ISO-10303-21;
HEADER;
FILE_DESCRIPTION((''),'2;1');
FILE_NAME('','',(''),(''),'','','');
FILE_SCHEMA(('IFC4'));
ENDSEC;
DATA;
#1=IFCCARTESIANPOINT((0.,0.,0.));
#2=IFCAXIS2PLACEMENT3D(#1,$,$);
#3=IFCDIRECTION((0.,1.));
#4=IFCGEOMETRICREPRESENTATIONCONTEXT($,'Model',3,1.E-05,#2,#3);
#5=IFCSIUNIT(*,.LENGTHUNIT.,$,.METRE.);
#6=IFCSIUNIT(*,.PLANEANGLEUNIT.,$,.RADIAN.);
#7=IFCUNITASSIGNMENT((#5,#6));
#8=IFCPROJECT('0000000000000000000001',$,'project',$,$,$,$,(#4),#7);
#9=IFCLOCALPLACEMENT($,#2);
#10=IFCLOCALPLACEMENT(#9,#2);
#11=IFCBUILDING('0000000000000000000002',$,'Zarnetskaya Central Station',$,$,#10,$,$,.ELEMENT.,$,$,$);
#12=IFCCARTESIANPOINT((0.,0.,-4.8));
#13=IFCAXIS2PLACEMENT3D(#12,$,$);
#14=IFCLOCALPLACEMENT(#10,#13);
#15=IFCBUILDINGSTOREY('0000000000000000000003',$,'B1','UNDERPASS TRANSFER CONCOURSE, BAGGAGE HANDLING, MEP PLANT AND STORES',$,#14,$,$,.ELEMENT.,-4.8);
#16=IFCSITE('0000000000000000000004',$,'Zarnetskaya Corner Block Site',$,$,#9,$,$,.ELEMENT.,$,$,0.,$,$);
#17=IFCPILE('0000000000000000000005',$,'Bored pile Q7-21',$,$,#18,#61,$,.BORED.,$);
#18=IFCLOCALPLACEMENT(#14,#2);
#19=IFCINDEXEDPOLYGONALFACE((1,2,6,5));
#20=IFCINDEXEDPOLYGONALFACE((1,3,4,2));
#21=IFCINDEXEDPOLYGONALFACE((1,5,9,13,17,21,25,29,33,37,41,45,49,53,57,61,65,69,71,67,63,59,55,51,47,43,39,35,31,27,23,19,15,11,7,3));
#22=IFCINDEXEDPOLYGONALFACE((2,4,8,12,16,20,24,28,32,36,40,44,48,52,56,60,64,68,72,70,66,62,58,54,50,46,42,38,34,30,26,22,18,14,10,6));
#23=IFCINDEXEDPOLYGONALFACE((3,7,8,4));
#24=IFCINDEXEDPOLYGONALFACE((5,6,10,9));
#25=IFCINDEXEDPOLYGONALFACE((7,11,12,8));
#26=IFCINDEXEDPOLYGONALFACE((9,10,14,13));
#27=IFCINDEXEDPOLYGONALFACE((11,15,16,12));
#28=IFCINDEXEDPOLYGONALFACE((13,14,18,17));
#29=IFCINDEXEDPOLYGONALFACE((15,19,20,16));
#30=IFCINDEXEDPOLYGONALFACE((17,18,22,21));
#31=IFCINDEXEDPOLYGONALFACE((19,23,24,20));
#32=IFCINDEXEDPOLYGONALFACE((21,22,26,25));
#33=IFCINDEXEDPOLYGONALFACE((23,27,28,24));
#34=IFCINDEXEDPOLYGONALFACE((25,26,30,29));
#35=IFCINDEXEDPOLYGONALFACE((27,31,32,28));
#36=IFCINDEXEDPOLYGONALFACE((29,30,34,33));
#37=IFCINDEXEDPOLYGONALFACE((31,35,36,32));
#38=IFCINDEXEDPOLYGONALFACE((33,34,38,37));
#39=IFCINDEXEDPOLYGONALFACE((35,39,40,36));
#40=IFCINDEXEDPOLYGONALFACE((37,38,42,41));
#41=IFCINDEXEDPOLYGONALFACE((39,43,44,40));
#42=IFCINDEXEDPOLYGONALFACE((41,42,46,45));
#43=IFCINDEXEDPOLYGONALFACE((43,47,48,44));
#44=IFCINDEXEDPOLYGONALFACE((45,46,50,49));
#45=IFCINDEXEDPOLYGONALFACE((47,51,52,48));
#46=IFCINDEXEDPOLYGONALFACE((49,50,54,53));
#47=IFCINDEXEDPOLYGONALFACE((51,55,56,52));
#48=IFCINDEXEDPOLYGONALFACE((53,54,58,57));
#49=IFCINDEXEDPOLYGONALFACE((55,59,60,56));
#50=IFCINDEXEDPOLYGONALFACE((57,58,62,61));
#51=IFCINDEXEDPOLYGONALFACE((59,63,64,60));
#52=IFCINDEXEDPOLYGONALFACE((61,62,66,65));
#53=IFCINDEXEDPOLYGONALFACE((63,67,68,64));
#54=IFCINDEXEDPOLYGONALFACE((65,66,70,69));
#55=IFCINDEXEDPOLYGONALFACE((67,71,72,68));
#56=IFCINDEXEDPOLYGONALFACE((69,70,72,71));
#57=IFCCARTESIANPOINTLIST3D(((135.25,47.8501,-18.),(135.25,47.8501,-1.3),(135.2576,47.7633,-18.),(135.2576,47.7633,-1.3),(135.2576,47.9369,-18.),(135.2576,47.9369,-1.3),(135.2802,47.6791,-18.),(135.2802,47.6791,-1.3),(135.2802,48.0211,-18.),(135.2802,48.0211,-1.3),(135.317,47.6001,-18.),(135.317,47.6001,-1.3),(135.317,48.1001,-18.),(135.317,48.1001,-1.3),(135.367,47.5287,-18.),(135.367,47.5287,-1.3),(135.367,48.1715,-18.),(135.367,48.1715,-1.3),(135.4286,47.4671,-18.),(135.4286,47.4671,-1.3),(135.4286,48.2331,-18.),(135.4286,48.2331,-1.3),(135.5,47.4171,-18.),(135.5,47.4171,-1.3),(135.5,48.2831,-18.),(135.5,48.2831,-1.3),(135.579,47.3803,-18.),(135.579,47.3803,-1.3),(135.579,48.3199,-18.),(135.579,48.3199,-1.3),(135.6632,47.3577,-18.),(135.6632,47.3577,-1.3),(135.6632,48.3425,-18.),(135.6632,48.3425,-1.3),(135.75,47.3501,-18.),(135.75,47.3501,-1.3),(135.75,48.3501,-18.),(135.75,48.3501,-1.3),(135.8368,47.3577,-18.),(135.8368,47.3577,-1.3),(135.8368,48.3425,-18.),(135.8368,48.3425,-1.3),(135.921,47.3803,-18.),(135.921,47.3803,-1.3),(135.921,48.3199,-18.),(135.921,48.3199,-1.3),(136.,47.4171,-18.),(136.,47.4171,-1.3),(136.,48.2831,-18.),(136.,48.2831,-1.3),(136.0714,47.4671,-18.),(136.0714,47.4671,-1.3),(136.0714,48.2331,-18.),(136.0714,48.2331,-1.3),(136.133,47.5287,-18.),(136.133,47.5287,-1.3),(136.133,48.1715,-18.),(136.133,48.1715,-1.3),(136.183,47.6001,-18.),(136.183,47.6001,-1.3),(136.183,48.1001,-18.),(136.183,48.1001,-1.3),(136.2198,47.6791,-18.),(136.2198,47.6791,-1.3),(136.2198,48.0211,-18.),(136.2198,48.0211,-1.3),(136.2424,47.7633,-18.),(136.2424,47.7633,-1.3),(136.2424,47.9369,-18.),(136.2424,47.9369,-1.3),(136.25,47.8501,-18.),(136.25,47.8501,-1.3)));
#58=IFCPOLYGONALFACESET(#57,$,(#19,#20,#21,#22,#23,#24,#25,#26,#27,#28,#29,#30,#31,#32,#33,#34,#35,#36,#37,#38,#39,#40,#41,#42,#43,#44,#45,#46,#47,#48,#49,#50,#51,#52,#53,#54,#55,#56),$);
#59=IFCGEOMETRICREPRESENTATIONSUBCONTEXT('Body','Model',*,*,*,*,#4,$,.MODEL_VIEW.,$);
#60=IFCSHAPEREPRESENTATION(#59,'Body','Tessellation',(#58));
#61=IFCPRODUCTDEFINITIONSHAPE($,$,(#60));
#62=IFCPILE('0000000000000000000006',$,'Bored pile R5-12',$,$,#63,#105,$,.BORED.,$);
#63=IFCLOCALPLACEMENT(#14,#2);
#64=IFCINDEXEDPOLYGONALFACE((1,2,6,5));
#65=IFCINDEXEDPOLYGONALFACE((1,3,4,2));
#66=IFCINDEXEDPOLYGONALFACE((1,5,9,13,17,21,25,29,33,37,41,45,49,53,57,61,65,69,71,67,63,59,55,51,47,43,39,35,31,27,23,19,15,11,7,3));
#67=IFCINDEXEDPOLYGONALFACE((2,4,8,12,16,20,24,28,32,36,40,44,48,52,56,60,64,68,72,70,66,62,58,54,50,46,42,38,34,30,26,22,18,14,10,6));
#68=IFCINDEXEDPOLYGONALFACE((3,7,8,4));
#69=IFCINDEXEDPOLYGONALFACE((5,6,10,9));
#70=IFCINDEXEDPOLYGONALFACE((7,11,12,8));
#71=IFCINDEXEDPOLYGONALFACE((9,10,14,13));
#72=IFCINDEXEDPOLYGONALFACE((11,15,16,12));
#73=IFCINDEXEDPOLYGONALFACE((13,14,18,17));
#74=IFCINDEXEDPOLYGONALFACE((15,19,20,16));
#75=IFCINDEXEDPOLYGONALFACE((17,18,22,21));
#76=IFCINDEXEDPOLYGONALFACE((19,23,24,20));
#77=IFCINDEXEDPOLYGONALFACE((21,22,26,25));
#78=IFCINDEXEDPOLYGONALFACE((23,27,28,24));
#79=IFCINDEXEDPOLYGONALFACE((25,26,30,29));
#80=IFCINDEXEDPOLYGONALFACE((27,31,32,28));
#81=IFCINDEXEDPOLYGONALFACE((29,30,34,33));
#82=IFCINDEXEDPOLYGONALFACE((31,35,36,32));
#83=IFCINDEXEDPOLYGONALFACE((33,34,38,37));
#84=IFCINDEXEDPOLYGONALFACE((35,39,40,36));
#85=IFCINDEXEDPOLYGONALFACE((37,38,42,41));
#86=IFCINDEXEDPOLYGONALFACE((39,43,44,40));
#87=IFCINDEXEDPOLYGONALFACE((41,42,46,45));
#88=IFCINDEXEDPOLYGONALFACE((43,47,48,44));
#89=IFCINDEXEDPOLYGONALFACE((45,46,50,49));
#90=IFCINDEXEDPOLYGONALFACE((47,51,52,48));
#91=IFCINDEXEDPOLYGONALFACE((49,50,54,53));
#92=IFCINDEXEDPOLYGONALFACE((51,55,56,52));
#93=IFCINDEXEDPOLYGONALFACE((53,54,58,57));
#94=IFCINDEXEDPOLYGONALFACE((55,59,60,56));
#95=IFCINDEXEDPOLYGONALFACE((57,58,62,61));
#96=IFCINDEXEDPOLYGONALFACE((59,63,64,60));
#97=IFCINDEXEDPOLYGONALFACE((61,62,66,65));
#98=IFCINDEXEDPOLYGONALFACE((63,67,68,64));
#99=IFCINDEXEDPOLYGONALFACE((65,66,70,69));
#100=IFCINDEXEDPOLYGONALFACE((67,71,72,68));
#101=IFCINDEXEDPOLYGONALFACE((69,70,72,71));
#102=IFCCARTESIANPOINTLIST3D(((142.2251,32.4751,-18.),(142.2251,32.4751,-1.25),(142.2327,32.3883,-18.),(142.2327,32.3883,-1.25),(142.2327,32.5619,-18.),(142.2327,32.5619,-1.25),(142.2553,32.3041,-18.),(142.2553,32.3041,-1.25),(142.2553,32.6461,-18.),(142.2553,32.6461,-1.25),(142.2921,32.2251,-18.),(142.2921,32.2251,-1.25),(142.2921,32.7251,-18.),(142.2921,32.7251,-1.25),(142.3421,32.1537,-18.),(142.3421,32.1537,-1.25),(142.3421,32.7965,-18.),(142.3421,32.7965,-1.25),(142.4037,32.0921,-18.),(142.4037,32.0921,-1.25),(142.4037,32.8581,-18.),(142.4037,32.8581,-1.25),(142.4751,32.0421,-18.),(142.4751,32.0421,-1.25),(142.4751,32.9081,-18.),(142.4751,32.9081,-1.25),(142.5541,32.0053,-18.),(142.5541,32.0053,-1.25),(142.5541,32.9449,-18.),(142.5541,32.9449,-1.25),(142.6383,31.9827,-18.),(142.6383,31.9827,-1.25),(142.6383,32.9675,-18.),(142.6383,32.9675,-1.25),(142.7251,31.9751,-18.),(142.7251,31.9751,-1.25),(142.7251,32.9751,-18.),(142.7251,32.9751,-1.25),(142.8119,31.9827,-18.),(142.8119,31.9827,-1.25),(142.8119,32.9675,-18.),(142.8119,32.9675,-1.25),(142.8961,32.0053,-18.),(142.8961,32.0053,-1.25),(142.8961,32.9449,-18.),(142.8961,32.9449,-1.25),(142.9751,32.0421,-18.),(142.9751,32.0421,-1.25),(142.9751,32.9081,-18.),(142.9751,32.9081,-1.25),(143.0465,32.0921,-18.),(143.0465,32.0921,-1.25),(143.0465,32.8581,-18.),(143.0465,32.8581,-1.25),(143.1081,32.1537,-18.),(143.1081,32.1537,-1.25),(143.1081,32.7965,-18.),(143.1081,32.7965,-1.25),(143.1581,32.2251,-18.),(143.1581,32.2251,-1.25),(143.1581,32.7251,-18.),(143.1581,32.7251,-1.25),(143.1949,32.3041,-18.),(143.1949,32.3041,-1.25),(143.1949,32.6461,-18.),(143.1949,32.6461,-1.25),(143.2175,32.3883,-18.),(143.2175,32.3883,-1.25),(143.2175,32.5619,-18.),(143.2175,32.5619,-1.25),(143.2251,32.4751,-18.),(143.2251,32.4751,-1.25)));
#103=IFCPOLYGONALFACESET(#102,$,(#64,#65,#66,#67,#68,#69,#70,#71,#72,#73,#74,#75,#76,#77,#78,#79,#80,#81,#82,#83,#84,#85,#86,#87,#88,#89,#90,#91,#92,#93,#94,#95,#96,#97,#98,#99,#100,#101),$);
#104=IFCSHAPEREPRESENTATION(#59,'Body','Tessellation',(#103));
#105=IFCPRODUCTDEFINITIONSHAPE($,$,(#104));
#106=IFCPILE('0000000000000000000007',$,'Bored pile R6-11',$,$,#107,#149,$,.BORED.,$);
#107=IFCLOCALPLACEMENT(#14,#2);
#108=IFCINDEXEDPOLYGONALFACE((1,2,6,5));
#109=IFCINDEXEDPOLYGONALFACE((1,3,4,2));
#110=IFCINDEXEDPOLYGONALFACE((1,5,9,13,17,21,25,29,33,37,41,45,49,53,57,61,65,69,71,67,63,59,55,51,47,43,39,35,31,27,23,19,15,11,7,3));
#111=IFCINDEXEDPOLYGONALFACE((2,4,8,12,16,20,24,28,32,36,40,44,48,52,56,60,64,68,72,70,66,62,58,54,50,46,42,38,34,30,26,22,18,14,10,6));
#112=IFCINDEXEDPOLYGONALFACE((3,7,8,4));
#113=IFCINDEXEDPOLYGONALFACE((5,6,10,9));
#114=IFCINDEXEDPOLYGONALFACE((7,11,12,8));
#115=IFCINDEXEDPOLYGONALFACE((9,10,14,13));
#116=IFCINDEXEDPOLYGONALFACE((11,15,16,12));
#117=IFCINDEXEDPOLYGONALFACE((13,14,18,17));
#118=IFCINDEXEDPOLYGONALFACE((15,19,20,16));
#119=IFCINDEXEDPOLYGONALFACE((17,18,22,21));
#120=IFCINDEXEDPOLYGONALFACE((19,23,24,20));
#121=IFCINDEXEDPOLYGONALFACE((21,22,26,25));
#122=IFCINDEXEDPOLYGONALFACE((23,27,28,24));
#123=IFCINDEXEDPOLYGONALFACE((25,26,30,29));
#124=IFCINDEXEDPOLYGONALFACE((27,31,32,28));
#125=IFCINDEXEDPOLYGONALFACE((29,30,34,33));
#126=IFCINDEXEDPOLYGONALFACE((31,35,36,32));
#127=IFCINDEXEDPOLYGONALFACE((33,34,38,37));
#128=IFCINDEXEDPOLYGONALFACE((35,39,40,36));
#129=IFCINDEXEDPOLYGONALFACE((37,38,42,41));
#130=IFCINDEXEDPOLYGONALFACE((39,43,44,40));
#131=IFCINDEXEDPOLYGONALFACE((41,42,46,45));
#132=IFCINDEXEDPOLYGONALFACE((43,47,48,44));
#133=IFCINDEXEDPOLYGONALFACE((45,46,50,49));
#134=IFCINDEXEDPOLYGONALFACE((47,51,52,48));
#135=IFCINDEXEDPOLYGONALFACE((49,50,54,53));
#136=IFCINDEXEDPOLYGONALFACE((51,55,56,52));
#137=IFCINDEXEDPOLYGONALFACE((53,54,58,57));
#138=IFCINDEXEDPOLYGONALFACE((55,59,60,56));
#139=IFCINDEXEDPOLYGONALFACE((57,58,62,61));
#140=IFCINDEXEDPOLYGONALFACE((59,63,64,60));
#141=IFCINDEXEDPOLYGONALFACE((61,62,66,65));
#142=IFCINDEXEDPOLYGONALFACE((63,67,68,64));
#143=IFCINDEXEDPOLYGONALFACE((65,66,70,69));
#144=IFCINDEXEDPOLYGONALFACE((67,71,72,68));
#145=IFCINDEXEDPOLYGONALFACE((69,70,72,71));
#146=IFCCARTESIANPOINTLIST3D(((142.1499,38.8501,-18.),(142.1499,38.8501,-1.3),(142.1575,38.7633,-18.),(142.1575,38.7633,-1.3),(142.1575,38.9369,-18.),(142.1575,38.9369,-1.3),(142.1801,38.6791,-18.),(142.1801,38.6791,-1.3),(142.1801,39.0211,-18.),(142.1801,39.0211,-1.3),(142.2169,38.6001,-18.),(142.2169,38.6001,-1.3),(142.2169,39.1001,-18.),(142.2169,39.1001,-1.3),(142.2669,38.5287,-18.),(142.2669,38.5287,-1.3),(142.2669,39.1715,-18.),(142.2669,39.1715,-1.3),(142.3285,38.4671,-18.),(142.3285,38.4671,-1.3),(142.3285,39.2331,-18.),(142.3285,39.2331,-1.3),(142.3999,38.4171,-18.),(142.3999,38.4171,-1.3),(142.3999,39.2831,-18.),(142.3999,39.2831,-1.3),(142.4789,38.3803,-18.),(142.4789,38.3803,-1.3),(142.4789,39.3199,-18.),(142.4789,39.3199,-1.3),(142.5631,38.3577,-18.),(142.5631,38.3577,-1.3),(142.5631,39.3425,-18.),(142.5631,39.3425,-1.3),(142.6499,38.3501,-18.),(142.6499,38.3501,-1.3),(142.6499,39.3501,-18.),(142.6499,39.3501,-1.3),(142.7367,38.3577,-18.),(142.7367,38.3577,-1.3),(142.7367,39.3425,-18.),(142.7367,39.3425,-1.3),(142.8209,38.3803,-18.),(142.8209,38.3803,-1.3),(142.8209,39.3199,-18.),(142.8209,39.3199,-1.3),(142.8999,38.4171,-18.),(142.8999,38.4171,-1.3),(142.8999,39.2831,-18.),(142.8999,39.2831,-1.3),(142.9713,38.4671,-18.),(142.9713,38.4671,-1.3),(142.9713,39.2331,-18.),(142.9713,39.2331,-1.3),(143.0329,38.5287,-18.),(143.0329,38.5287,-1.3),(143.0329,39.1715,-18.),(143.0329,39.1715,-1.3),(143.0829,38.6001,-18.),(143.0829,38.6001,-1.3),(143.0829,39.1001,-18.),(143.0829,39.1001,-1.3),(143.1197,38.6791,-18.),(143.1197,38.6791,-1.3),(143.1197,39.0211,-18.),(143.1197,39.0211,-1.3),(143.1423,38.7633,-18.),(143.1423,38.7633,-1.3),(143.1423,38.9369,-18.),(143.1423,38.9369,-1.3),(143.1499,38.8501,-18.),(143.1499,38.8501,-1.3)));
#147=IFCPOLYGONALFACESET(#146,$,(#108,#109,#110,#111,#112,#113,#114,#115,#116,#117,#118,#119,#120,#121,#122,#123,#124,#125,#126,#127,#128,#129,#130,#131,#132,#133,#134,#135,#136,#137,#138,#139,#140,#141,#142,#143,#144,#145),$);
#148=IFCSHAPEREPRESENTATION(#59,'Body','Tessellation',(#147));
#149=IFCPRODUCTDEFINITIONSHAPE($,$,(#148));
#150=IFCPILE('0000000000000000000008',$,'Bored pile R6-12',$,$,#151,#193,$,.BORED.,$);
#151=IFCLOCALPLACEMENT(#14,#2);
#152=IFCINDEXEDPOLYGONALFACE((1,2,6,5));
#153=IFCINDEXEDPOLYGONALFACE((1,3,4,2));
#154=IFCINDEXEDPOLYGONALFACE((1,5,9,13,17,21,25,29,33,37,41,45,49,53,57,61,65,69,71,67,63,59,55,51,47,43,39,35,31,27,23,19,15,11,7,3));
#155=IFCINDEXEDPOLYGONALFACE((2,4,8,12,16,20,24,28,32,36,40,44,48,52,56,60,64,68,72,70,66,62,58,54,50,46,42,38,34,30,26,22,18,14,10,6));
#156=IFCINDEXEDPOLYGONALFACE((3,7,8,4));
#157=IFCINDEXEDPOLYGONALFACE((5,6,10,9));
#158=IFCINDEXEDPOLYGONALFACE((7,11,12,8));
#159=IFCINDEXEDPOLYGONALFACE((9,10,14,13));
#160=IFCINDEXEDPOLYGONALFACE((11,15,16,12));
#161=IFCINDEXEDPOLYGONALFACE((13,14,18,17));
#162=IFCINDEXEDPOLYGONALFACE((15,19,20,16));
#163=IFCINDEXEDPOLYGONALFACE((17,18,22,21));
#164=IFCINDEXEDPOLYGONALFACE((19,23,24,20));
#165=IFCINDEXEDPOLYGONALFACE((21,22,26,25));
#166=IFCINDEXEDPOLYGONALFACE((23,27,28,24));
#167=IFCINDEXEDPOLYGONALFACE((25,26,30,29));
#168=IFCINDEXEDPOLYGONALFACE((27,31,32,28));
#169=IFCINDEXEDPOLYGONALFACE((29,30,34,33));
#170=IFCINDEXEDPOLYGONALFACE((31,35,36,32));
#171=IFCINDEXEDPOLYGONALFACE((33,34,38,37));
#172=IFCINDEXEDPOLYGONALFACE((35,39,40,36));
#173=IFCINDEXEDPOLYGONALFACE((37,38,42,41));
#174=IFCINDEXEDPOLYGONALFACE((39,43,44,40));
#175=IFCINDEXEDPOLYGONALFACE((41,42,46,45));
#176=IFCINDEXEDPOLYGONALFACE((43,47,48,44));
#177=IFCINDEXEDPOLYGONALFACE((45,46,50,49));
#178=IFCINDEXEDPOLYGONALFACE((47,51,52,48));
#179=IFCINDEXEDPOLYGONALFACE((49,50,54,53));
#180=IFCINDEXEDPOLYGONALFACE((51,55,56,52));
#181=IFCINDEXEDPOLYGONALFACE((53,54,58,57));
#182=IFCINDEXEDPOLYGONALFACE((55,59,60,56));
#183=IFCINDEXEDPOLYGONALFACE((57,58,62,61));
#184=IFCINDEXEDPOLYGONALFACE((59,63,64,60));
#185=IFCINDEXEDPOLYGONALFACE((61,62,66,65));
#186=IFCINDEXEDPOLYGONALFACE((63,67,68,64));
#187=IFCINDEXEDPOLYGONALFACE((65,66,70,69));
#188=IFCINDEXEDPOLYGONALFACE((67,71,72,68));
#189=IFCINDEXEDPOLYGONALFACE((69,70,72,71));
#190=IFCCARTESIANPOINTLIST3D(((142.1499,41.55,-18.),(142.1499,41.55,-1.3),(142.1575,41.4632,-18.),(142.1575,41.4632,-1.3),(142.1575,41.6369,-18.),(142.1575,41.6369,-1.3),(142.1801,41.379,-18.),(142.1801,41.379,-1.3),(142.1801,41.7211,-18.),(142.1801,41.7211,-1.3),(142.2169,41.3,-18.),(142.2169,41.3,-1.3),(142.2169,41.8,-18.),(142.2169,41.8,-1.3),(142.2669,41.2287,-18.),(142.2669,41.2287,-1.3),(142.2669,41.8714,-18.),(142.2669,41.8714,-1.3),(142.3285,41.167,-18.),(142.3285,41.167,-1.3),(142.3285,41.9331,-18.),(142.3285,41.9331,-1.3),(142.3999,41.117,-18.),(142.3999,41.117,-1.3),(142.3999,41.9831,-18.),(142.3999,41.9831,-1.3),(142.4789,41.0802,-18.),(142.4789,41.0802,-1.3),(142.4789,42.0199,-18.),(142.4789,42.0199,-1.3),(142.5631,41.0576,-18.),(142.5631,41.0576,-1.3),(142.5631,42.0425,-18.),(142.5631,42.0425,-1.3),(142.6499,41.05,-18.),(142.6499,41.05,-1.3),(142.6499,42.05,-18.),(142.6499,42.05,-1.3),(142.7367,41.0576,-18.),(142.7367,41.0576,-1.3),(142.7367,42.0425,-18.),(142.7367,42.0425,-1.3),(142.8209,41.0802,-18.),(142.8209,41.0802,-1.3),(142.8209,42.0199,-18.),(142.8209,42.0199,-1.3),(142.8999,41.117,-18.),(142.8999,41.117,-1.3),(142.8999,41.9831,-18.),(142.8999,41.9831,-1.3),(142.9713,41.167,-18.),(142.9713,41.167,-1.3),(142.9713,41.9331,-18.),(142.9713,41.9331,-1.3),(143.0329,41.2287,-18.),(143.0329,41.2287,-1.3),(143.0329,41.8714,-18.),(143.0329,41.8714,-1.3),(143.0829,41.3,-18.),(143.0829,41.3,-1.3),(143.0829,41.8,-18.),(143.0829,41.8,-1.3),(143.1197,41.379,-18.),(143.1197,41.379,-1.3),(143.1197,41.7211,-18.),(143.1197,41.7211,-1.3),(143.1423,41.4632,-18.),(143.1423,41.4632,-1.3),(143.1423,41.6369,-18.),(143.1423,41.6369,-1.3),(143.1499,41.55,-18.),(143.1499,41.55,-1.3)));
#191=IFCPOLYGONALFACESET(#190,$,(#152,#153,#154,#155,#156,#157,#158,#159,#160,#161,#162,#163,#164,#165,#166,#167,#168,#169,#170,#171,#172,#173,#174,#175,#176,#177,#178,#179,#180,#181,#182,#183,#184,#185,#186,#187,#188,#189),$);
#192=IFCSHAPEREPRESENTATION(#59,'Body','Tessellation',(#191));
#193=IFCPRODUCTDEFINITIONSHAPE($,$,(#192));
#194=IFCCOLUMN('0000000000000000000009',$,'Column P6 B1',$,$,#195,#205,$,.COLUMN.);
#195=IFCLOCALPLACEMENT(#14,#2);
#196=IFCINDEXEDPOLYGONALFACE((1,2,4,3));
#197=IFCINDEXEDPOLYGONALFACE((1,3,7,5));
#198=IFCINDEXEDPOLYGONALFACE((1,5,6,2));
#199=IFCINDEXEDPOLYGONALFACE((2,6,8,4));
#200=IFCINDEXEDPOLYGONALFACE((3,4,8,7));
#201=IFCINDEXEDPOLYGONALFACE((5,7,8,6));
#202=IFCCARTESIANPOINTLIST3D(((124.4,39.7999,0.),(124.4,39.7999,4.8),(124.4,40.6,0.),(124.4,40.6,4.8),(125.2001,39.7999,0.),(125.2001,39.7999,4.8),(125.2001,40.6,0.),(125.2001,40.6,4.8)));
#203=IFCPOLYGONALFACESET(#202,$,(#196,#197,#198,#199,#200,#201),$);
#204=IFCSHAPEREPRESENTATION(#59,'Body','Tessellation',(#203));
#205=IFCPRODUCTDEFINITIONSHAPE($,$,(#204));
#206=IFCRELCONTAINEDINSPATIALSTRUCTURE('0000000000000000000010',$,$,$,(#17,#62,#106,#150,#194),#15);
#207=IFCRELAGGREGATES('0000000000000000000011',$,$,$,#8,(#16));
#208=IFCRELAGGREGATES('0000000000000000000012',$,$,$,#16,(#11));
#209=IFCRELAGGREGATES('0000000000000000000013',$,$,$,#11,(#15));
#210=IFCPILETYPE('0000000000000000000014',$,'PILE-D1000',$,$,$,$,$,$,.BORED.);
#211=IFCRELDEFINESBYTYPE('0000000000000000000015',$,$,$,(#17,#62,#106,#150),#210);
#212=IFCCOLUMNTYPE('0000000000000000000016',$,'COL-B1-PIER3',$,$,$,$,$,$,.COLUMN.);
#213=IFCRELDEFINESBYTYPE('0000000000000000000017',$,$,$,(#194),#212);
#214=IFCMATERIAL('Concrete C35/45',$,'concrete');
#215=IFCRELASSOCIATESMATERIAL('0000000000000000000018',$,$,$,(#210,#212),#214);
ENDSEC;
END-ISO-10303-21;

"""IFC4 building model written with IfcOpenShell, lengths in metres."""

from ifc_helpers import new_model, si_unit, direction, frame, origin, origin_2d, place, context, subcontext, project, spatial, rectangle, circle, extrude, material, material_profile, profile_set, type_object, element, save


model = new_model("IFC4")

# Units and contexts
model_context = context("Model", 3, precision=1e-05, world=origin(), true_north=direction((0.0, 1.0)))
body_context = subcontext(model_context, "Body", "Model", "MODEL_VIEW")
ifc_project = project(units=[si_unit("LENGTHUNIT", "METRE"), si_unit("PLANEANGLEUNIT", "RADIAN")], contexts=[model_context])

# Site, building, storey
site_placement = place(None, origin())
site = spatial("IfcSite", under=ifc_project, at=site_placement, Name="Zarnetskaya Corner Block Site", CompositionType="ELEMENT", RefElevation=0.0)
building_placement = place(site_placement, origin())
building = spatial("IfcBuilding", under=site, at=building_placement, Name="Zarnetskaya Central Station", CompositionType="ELEMENT")
storey_placement = place(building_placement, frame((0.0, 0.0, -4.8)))
storey = spatial("IfcBuildingStorey", under=building, at=storey_placement, Name="B1", Description="UNDERPASS TRANSFER CONCOURSE, BAGGAGE HANDLING, MEP PLANT AND STORES", CompositionType="ELEMENT", Elevation=-4.8)

# Shared definitions
ifc_material = material(Name="Concrete C35/45", Category="concrete")

# Piles
ifc_material_profile_1 = material_profile(ifc_material, circle(Radius=0.5, at=origin_2d()), Name="BORED PILE D1000")
ifc_profile_set_1 = profile_set([ifc_material_profile_1], Name="Concrete C35/45")
pile_type = type_object("IfcPileType", Name="PILE-D1000", PredefinedType="BORED", material=ifc_profile_set_1)
for number, where, z_axis, x_axis, name in (
    (1, (135.75, 47.8501, -1.3), (0.0, 0.0, -1.0), (1.0, 0.0, 0.0), "Bored pile Q7-21"),
):
    element("IfcPile", number, at=place(storey_placement, frame(where, z_axis=z_axis, x_axis=x_axis)), inside=storey, type_object=pile_type, Name=name, PredefinedType="BORED", context=body_context, shape_type="SweptSolid", body=[
        extrude(circle(Radius=0.5, at=origin_2d()), origin(), (0.0, 0.0, 1.0), 16.7),
    ])
pile_1_placement = place(storey_placement, frame((142.7251, 32.4751, -1.25), z_axis=(0.0, 0.0, -1.0), x_axis=(1.0, 0.0, 0.0)))
element("IfcPile", 2, at=pile_1_placement, inside=storey, type_object=pile_type, Name="Bored pile R5-12", PredefinedType="BORED", context=body_context, shape_type="SweptSolid", body=[
    extrude(circle(Radius=0.5, at=origin_2d()), origin(), (0.0, 0.0, 1.0), 16.75),
])
for number, where, z_axis, x_axis, name in (
    (3, (142.6499, 38.8501, -1.3), (0.0, 0.0, -1.0), (1.0, 0.0, 0.0), "Bored pile R6-11"),
    (4, (142.6499, 41.55, -1.3), (0.0, 0.0, -1.0), (1.0, 0.0, 0.0), "Bored pile R6-12"),
):
    element("IfcPile", number, at=place(storey_placement, frame(where, z_axis=z_axis, x_axis=x_axis)), inside=storey, type_object=pile_type, Name=name, PredefinedType="BORED", context=body_context, shape_type="SweptSolid", body=[
        extrude(circle(Radius=0.5, at=origin_2d()), origin(), (0.0, 0.0, 1.0), 16.7),
    ])

# Column
ifc_material_profile_2 = material_profile(ifc_material, rectangle(XDim=0.8, YDim=0.8, at=origin_2d()), Name="RC 800x800")
ifc_profile_set_2 = profile_set([ifc_material_profile_2], Name="Concrete C35/45")
column_type = type_object("IfcColumnType", Name="COL-B1-PIER3", PredefinedType="COLUMN", material=ifc_profile_set_2)
for number, where, z_axis, x_axis, name in (
    (5, (124.8, 40.2, 0.0), (0.0, 0.0, 1.0), (1.0, 0.0, 0.0), "Column P6 B1"),
):
    element("IfcColumn", number, at=place(storey_placement, frame(where, z_axis=z_axis, x_axis=x_axis)), inside=storey, type_object=column_type, Name=name, PredefinedType="COLUMN", context=body_context, shape_type="SweptSolid", body=[
        extrude(rectangle(XDim=0.8, YDim=0.8, at=origin_2d()), origin(), (0.0, 0.0, 1.0), 4.8),
    ])

save(model, "model.ifc")
